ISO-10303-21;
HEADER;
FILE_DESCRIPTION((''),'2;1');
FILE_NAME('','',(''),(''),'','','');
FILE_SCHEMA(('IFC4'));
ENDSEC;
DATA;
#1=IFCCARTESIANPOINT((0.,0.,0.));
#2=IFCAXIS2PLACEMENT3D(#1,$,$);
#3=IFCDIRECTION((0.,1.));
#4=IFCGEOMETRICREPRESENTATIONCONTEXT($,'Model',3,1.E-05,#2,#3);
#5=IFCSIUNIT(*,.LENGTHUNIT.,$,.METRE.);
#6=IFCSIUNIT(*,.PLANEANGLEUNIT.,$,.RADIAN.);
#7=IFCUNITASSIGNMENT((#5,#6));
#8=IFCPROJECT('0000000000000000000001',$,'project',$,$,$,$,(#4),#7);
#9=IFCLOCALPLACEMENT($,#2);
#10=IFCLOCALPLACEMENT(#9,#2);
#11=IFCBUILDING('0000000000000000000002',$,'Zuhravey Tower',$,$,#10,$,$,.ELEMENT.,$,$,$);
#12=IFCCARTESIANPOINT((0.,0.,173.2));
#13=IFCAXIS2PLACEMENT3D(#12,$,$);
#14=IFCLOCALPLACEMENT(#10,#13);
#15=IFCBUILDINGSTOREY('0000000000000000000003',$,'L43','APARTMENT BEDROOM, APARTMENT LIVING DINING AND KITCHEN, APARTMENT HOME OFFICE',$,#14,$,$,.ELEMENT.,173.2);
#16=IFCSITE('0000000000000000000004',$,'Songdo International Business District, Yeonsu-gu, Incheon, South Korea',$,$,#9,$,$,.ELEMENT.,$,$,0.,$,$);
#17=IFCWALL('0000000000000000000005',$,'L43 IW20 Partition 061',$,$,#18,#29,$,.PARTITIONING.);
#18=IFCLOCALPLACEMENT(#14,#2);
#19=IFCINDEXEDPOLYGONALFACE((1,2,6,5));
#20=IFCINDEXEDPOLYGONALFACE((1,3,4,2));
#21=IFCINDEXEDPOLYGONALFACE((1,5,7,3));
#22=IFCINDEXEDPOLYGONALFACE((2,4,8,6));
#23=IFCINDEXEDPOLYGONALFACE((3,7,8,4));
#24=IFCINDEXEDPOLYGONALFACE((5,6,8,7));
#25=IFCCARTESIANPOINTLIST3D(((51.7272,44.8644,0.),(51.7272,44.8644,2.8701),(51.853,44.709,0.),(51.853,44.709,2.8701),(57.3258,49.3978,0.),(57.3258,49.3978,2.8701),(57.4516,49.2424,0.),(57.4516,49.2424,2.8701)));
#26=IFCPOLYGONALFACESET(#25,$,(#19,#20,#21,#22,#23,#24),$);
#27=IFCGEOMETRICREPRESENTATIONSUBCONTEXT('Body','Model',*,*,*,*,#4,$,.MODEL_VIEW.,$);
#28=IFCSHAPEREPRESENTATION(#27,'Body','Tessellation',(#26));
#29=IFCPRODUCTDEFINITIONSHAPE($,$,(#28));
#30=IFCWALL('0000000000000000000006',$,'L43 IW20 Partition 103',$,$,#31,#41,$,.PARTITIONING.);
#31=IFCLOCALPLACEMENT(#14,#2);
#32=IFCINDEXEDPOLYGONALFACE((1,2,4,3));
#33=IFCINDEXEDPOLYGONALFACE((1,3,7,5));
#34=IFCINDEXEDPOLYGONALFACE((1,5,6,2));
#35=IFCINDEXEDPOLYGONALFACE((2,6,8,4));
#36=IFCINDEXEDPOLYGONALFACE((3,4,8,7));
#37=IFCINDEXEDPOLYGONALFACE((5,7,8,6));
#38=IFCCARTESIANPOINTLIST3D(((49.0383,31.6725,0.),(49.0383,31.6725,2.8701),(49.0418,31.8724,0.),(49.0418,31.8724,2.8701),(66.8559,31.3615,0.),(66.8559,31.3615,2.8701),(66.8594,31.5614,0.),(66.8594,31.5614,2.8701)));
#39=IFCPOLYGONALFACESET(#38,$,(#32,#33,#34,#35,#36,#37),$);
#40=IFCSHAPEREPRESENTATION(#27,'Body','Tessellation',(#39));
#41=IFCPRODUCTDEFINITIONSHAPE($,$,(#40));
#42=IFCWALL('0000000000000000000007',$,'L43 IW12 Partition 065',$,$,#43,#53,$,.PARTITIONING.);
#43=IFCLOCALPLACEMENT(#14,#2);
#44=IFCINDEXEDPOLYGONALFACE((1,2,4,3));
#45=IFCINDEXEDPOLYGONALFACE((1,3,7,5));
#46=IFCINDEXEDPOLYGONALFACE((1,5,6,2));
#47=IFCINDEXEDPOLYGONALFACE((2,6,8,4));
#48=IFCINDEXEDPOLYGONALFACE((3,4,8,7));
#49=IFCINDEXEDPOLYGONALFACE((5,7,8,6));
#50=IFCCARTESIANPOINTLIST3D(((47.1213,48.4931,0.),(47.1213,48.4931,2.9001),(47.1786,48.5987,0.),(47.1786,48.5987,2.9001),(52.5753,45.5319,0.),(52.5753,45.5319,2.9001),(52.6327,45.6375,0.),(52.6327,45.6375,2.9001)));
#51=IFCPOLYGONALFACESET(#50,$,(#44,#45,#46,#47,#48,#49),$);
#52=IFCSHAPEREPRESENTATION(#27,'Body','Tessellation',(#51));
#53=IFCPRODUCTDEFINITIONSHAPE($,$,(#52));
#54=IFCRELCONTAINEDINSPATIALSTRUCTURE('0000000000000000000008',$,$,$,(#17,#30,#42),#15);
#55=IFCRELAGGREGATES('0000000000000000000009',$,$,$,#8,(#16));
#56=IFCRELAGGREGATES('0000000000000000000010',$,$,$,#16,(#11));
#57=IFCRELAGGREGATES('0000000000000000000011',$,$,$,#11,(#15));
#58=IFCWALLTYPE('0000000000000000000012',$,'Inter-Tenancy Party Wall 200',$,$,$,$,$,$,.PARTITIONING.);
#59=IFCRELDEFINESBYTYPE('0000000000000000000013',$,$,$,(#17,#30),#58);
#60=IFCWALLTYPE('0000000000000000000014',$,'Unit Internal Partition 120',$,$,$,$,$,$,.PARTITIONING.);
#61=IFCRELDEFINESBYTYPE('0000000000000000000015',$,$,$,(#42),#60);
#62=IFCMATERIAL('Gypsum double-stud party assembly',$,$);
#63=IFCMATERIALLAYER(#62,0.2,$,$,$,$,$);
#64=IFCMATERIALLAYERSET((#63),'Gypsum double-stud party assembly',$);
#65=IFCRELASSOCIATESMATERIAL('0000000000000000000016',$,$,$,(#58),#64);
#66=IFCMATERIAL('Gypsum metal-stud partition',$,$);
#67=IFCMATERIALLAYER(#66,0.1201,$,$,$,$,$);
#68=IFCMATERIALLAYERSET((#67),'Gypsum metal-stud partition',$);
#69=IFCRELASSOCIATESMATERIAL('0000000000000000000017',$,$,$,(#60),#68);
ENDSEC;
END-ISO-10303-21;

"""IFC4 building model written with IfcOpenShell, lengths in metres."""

from ifc_helpers import new_model, si_unit, direction, frame, frame_2d, origin, place, context, subcontext, project, spatial, rectangle, extrude, material, layer, layer_set, type_object, element, save


model = new_model("IFC4")

# Units and contexts
model_context = context("Model", 3, precision=1e-05, world=origin(), true_north=direction((0.0, 1.0)))
body_context = subcontext(model_context, "Body", "Model", "MODEL_VIEW")
ifc_project = project(units=[si_unit("LENGTHUNIT", "METRE"), si_unit("PLANEANGLEUNIT", "RADIAN")], contexts=[model_context])

# Site, building, storey
site_placement = place(None, origin())
site = spatial("IfcSite", under=ifc_project, at=site_placement, Name="Songdo International Business District, Yeonsu-gu, Incheon, South Korea", CompositionType="ELEMENT", RefElevation=0.0)
building_placement = place(site_placement, origin())
building = spatial("IfcBuilding", under=site, at=building_placement, Name="Zuhravey Tower", CompositionType="ELEMENT")
storey_placement = place(building_placement, frame((0.0, 0.0, 173.2)))
storey = spatial("IfcBuildingStorey", under=building, at=storey_placement, Name="L43", Description="APARTMENT BEDROOM, APARTMENT LIVING DINING AND KITCHEN, APARTMENT HOME OFFICE", CompositionType="ELEMENT", Elevation=173.2)

# Walls
ifc_material_1 = material(Name="Gypsum double-stud party assembly")
ifc_layer_1 = layer(ifc_material_1, 0.2)
ifc_layer_set_1 = layer_set([ifc_layer_1], Name="Gypsum double-stud party assembly")
wall_type_1 = type_object("IfcWallType", Name="Inter-Tenancy Party Wall 200", PredefinedType="PARTITIONING", material=ifc_layer_set_1)
wall_1_placement = place(storey_placement, frame((51.79, 44.7866, 0.0), z_axis=(0.0, 0.0, 1.0), x_axis=(0.777162, 0.629301, 0.0)))
element("IfcWall", 1, at=wall_1_placement, inside=storey, type_object=wall_type_1, Name="L43 IW20 Partition 061", PredefinedType="PARTITIONING", context=body_context, shape_type="SweptSolid", body=[
    extrude(rectangle(XDim=7.2039, YDim=0.2, at=frame_2d((3.6021, 0.0))), origin(), (0.0, 0.0, 1.0), 2.8701),
])
wall_2_placement = place(storey_placement, frame((49.04, 31.7725, 0.0), z_axis=(0.0, 0.0, 1.0), x_axis=(0.999848, -0.017454, 0.0)))
element("IfcWall", 2, at=wall_2_placement, inside=storey, type_object=wall_type_1, Name="L43 IW20 Partition 103", PredefinedType="PARTITIONING", context=body_context, shape_type="SweptSolid", body=[
    extrude(rectangle(XDim=17.8203, YDim=0.2, at=frame_2d((8.9102, 0.0))), origin(), (0.0, 0.0, 1.0), 2.8701),
])
ifc_material_2 = material(Name="Gypsum metal-stud partition")
ifc_layer_2 = layer(ifc_material_2, 0.1201)
ifc_layer_set_2 = layer_set([ifc_layer_2], Name="Gypsum metal-stud partition")
wall_type_2 = type_object("IfcWallType", Name="Unit Internal Partition 120", PredefinedType="PARTITIONING", material=ifc_layer_set_2)
wall_3_placement = place(storey_placement, frame((52.604, 45.5847, 0.0), z_axis=(0.0, 0.0, 1.0), x_axis=(-0.878828, 0.47714, 0.0)))
element("IfcWall", 3, at=wall_3_placement, inside=storey, type_object=wall_type_2, Name="L43 IW12 Partition 065", PredefinedType="PARTITIONING", context=body_context, shape_type="SweptSolid", body=[
    extrude(rectangle(XDim=6.2061, YDim=0.1201, at=frame_2d((3.103, 0.0))), origin(), (0.0, 0.0, 1.0), 2.9001),
])

save(model, "model.ifc")
